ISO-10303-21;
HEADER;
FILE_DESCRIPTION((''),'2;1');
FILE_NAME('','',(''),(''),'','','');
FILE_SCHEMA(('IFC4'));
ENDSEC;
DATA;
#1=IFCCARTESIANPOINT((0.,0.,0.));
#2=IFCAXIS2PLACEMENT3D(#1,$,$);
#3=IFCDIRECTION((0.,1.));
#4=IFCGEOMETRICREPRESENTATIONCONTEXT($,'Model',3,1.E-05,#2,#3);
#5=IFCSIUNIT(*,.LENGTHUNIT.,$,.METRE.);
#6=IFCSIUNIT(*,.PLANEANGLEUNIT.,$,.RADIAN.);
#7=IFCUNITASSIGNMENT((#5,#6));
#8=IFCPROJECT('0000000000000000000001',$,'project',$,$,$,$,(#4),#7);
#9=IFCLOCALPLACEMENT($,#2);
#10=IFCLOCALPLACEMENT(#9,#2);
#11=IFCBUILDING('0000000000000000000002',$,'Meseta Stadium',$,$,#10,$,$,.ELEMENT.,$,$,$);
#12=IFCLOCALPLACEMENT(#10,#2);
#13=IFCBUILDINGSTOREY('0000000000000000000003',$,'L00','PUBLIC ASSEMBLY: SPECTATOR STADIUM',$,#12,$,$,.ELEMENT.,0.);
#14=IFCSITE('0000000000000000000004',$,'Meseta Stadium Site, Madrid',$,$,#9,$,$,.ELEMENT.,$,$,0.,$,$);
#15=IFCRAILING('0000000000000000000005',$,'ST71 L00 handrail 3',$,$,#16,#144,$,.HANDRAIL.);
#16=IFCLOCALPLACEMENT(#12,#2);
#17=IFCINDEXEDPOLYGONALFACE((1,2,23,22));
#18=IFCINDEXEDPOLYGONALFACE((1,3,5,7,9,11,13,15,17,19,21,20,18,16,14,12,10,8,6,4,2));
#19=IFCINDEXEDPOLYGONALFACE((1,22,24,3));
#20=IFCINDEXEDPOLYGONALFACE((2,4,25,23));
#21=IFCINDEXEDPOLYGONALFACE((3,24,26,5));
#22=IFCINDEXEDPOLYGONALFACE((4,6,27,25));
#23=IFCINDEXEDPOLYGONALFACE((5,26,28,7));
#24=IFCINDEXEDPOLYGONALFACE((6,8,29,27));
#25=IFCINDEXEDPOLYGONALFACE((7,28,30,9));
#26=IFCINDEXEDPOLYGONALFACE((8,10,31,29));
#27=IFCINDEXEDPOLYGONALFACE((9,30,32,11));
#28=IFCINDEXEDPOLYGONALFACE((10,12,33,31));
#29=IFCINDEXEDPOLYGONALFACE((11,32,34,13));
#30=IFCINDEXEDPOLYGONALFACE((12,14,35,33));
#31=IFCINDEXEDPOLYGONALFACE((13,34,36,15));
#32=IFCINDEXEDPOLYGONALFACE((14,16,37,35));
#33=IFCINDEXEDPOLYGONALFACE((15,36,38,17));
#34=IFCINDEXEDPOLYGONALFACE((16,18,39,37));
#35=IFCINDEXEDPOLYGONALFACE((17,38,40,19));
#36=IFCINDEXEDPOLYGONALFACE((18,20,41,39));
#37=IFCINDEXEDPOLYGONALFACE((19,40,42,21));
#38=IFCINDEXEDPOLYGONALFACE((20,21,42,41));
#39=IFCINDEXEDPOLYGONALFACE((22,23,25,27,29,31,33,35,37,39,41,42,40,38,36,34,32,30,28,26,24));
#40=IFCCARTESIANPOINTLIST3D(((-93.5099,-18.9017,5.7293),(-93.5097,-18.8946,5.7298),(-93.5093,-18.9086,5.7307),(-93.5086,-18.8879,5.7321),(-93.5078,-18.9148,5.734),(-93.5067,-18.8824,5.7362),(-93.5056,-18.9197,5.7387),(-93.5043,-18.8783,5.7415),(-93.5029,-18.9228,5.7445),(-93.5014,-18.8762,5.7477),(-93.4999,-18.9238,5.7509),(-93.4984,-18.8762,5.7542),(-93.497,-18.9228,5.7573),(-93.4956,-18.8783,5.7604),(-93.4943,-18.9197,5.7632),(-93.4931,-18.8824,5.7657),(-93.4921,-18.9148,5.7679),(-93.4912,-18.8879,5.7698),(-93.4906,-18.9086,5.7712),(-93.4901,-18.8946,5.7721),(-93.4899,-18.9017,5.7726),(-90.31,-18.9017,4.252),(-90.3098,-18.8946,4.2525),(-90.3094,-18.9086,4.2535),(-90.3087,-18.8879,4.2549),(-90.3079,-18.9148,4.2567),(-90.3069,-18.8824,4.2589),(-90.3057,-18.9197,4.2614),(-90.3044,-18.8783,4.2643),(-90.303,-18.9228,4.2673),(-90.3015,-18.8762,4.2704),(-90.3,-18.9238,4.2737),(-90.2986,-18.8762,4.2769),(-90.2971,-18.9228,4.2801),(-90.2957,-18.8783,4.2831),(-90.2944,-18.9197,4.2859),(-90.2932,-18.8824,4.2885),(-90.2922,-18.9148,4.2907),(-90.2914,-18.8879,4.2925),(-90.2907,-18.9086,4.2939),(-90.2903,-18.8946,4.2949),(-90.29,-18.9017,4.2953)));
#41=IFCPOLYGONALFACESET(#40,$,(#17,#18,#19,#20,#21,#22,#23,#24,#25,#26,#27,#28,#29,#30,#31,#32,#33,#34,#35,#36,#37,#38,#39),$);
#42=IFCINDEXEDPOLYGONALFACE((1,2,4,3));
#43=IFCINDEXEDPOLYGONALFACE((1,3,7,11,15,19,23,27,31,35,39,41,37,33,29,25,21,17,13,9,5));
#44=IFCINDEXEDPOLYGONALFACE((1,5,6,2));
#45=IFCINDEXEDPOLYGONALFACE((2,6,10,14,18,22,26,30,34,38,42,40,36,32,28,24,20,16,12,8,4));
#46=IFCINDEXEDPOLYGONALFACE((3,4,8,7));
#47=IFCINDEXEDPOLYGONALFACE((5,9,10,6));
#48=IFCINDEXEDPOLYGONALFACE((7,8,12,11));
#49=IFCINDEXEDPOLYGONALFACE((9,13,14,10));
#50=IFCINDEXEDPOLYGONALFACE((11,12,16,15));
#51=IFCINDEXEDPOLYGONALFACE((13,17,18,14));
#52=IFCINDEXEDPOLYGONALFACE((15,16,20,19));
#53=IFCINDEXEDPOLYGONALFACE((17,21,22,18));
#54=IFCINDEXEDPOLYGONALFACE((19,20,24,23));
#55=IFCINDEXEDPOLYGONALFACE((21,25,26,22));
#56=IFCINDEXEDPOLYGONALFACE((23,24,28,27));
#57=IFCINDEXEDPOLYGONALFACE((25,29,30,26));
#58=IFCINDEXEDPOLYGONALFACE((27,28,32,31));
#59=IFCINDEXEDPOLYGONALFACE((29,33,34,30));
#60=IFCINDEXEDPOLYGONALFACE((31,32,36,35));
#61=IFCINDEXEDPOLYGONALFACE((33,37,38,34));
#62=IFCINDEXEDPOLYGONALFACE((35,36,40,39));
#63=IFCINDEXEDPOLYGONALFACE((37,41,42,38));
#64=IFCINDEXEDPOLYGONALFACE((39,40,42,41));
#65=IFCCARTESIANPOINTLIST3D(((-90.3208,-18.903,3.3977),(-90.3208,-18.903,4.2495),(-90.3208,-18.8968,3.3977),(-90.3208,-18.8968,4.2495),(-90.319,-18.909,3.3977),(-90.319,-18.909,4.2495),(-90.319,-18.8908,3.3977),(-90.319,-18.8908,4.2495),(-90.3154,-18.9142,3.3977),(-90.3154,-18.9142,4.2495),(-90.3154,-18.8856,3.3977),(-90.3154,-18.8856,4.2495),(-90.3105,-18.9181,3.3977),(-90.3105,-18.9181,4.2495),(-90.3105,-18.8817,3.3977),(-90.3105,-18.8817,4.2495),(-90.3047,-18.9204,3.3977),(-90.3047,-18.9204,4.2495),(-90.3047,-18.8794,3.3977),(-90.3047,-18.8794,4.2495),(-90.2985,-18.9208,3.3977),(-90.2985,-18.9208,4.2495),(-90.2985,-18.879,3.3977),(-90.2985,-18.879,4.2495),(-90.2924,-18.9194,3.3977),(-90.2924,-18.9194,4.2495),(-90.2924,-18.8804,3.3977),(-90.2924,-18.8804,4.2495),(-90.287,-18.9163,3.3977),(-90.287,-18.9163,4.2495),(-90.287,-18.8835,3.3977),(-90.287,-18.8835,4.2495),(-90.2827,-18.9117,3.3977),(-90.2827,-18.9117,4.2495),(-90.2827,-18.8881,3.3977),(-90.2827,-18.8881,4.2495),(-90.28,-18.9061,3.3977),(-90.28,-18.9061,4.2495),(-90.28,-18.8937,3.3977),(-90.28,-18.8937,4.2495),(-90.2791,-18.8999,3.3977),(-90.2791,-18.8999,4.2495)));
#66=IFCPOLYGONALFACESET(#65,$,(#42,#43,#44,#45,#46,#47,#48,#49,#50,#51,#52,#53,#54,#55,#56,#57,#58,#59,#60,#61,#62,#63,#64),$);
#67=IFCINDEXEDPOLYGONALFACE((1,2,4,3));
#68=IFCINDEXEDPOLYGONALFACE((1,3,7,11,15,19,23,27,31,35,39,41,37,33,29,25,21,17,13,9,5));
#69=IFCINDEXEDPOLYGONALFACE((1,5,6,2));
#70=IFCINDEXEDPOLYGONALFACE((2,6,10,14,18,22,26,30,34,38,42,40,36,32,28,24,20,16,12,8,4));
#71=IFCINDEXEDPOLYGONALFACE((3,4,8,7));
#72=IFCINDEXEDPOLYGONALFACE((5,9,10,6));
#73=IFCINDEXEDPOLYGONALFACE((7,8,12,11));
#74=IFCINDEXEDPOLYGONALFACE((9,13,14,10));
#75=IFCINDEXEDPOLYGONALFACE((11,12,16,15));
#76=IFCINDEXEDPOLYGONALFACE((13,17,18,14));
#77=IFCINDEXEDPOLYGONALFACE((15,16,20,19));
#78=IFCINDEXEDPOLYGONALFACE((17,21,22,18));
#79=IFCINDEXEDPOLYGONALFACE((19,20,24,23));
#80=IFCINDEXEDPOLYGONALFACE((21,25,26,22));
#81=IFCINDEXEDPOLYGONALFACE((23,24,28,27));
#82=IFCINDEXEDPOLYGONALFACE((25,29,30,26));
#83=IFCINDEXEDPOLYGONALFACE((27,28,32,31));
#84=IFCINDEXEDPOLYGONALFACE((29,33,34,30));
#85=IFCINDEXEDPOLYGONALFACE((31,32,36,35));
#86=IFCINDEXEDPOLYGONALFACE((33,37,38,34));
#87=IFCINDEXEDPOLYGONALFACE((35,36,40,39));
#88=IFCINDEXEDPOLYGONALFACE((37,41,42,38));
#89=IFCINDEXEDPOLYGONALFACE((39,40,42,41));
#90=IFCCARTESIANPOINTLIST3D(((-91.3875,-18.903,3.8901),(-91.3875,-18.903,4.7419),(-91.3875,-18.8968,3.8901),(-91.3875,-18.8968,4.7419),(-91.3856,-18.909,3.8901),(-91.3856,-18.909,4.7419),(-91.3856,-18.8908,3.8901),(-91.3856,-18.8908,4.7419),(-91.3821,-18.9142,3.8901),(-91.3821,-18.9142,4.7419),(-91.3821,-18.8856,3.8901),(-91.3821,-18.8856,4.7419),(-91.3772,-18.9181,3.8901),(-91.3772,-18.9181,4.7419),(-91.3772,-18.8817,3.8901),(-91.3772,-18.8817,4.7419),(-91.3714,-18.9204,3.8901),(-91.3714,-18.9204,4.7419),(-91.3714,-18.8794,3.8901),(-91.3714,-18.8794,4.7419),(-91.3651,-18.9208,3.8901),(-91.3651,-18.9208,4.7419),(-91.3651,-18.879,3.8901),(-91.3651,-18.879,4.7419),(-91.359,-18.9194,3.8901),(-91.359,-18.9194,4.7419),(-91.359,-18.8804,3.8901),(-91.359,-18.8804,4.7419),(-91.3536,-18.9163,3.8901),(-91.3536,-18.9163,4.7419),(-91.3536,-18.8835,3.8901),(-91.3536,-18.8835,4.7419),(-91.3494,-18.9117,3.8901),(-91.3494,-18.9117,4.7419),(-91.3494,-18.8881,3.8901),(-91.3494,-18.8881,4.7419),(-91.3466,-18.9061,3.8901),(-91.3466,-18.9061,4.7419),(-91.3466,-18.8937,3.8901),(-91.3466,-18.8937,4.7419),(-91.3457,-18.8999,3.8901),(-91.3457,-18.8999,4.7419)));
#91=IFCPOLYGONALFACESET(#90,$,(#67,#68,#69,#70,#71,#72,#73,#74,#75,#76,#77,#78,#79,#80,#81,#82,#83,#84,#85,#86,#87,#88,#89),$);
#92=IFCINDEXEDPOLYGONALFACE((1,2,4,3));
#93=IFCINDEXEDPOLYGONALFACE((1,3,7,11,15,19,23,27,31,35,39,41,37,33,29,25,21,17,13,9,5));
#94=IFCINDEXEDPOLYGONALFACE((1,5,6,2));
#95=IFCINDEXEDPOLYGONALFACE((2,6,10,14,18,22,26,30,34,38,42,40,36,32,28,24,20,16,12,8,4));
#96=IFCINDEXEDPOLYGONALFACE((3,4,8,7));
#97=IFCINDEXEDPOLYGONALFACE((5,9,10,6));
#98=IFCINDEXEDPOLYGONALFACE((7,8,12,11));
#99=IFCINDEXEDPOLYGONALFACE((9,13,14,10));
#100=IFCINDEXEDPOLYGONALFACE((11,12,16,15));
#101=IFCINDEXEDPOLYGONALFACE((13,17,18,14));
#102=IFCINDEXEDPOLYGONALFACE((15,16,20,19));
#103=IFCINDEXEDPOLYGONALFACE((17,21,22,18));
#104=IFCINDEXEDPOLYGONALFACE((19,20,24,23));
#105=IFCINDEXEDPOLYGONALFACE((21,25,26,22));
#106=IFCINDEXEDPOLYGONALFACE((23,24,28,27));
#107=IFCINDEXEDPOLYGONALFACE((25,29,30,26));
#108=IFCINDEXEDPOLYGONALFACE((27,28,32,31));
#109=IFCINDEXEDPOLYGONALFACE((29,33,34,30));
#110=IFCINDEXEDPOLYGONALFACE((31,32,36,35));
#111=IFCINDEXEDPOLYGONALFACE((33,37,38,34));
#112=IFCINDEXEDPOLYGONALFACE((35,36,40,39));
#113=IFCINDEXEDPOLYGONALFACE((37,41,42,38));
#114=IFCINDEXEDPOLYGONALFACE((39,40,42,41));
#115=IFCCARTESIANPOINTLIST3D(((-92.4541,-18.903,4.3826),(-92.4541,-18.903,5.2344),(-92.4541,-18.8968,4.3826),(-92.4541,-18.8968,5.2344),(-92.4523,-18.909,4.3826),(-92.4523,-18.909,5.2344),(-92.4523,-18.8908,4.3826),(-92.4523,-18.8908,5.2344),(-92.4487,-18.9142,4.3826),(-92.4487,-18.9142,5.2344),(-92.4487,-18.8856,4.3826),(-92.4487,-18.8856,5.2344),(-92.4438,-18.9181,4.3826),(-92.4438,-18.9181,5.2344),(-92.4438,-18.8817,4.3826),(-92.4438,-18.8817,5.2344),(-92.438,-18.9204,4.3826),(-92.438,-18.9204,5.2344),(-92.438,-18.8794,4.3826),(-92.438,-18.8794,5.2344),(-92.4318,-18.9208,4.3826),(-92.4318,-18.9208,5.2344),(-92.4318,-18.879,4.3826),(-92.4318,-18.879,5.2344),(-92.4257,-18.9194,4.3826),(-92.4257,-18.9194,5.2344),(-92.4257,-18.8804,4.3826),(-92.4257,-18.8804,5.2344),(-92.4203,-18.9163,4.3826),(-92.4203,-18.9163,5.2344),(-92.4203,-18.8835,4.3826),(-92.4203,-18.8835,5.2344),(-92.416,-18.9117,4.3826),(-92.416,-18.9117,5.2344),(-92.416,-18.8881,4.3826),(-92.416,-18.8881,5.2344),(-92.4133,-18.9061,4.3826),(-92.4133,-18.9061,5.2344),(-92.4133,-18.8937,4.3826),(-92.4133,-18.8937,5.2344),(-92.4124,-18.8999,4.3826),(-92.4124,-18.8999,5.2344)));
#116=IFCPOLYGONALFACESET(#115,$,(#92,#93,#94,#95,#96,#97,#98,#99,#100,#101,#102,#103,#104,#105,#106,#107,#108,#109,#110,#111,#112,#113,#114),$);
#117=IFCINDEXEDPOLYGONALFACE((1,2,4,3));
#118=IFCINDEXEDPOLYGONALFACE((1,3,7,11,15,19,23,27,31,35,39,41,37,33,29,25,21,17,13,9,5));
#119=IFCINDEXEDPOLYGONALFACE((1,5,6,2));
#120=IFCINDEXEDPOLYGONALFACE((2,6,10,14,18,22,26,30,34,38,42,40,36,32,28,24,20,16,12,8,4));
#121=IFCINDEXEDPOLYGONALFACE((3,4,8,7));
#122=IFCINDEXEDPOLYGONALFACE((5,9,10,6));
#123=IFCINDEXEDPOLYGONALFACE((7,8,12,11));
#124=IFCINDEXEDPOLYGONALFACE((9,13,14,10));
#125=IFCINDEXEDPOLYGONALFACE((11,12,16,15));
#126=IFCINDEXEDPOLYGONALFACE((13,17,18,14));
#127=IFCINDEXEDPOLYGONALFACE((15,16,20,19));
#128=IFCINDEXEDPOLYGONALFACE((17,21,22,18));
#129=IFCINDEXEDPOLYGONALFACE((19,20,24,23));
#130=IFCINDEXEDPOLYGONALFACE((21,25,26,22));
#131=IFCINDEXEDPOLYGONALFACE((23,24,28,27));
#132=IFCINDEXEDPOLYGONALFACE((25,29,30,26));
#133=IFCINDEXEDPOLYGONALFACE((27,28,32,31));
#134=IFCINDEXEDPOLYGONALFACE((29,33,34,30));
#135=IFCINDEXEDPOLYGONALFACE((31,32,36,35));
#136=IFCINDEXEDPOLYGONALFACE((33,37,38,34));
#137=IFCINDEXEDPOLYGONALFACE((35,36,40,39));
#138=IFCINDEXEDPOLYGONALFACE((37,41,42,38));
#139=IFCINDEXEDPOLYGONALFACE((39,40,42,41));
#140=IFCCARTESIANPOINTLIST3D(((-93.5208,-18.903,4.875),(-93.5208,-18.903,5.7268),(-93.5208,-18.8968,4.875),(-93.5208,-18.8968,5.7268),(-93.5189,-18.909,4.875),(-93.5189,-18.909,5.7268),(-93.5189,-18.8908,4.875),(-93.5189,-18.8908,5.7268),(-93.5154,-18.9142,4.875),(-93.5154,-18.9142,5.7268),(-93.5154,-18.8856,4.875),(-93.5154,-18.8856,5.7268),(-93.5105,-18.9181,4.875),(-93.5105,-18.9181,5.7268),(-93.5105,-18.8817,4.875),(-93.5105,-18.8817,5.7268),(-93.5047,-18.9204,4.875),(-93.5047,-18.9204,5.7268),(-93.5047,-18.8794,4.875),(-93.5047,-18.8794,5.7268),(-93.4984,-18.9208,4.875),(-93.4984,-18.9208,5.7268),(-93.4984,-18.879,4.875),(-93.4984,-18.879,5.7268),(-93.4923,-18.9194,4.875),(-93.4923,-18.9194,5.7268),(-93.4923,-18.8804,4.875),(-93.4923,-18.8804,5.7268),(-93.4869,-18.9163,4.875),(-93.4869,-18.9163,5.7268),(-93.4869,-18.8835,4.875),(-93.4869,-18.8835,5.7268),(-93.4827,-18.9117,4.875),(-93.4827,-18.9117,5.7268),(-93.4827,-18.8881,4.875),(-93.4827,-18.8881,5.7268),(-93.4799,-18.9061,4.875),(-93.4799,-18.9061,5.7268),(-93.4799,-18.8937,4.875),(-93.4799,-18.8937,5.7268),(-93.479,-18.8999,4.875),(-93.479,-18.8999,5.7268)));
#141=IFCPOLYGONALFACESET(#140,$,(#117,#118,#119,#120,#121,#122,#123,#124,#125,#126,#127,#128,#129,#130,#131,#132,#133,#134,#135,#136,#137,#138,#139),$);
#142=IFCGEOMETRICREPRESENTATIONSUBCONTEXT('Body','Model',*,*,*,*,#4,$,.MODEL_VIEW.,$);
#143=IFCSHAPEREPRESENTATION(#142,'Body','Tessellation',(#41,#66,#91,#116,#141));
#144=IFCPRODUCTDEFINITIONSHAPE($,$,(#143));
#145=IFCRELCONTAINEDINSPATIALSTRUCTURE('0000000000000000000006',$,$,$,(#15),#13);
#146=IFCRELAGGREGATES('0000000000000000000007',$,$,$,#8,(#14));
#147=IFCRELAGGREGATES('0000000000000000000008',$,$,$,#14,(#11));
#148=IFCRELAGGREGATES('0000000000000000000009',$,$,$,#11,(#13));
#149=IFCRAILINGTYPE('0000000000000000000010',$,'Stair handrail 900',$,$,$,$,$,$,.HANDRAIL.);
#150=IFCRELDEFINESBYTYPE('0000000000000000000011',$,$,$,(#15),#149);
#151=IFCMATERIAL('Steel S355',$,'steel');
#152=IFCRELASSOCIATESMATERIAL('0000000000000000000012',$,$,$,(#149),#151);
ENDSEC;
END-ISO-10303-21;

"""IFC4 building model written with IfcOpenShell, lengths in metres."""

from ifc_helpers import new_model, si_unit, direction, frame, origin, origin_2d, place, context, subcontext, project, spatial, circle, extrude, material, type_object, element, save


model = new_model("IFC4")

# Units and contexts
model_context = context("Model", 3, precision=1e-05, world=origin(), true_north=direction((0.0, 1.0)))
body_context = subcontext(model_context, "Body", "Model", "MODEL_VIEW")
ifc_project = project(units=[si_unit("LENGTHUNIT", "METRE"), si_unit("PLANEANGLEUNIT", "RADIAN")], contexts=[model_context])

# Site, building, storey
site_placement = place(None, origin())
site = spatial("IfcSite", under=ifc_project, at=site_placement, Name="Meseta Stadium Site, Madrid", CompositionType="ELEMENT", RefElevation=0.0)
building_placement = place(site_placement, origin())
building = spatial("IfcBuilding", under=site, at=building_placement, Name="Meseta Stadium", CompositionType="ELEMENT")
storey_placement = place(building_placement, origin())
storey = spatial("IfcBuildingStorey", under=building, at=storey_placement, Name="L00", Description="PUBLIC ASSEMBLY: SPECTATOR STADIUM", CompositionType="ELEMENT", Elevation=0.0)

# Railing
ifc_material_1 = material(Name="Steel S355", Category="steel")
railing_type_1 = type_object("IfcRailingType", Name="Stair handrail 900", PredefinedType="HANDRAIL", material=ifc_material_1)
for number, where, name in (
    (1, (-90.3, -18.8999, 3.3977), "ST71 L00 handrail 3"),
):
    element("IfcRailing", number, at=place(storey_placement, frame(where)), inside=storey, type_object=railing_type_1, Name=name, PredefinedType="HANDRAIL", context=body_context, shape_type="SweptSolid", body=[
        extrude(circle(Radius=0.0239, at=origin_2d()), frame((0.0, 0.0, 0.876), z_axis=(-0.907917, 0.0, 0.41915), x_axis=(0.0, -1.0, 0.0)), (0.0, 0.0, 1.0), 3.5244),
        extrude(circle(Radius=0.021, at=origin_2d()), origin(), (0.0, 0.0, 1.0), 0.8518),
        extrude(circle(Radius=0.021, at=origin_2d()), frame((-1.0667, 0.0, 0.4924)), (0.0, 0.0, 1.0), 0.8518),
        extrude(circle(Radius=0.021, at=origin_2d()), frame((-2.1333, 0.0, 0.9849)), (0.0, 0.0, 1.0), 0.8518),
        extrude(circle(Radius=0.021, at=origin_2d()), frame((-3.2, 0.0, 1.4773)), (0.0, 0.0, 1.0), 0.8518),
    ])

save(model, "model.ifc")
